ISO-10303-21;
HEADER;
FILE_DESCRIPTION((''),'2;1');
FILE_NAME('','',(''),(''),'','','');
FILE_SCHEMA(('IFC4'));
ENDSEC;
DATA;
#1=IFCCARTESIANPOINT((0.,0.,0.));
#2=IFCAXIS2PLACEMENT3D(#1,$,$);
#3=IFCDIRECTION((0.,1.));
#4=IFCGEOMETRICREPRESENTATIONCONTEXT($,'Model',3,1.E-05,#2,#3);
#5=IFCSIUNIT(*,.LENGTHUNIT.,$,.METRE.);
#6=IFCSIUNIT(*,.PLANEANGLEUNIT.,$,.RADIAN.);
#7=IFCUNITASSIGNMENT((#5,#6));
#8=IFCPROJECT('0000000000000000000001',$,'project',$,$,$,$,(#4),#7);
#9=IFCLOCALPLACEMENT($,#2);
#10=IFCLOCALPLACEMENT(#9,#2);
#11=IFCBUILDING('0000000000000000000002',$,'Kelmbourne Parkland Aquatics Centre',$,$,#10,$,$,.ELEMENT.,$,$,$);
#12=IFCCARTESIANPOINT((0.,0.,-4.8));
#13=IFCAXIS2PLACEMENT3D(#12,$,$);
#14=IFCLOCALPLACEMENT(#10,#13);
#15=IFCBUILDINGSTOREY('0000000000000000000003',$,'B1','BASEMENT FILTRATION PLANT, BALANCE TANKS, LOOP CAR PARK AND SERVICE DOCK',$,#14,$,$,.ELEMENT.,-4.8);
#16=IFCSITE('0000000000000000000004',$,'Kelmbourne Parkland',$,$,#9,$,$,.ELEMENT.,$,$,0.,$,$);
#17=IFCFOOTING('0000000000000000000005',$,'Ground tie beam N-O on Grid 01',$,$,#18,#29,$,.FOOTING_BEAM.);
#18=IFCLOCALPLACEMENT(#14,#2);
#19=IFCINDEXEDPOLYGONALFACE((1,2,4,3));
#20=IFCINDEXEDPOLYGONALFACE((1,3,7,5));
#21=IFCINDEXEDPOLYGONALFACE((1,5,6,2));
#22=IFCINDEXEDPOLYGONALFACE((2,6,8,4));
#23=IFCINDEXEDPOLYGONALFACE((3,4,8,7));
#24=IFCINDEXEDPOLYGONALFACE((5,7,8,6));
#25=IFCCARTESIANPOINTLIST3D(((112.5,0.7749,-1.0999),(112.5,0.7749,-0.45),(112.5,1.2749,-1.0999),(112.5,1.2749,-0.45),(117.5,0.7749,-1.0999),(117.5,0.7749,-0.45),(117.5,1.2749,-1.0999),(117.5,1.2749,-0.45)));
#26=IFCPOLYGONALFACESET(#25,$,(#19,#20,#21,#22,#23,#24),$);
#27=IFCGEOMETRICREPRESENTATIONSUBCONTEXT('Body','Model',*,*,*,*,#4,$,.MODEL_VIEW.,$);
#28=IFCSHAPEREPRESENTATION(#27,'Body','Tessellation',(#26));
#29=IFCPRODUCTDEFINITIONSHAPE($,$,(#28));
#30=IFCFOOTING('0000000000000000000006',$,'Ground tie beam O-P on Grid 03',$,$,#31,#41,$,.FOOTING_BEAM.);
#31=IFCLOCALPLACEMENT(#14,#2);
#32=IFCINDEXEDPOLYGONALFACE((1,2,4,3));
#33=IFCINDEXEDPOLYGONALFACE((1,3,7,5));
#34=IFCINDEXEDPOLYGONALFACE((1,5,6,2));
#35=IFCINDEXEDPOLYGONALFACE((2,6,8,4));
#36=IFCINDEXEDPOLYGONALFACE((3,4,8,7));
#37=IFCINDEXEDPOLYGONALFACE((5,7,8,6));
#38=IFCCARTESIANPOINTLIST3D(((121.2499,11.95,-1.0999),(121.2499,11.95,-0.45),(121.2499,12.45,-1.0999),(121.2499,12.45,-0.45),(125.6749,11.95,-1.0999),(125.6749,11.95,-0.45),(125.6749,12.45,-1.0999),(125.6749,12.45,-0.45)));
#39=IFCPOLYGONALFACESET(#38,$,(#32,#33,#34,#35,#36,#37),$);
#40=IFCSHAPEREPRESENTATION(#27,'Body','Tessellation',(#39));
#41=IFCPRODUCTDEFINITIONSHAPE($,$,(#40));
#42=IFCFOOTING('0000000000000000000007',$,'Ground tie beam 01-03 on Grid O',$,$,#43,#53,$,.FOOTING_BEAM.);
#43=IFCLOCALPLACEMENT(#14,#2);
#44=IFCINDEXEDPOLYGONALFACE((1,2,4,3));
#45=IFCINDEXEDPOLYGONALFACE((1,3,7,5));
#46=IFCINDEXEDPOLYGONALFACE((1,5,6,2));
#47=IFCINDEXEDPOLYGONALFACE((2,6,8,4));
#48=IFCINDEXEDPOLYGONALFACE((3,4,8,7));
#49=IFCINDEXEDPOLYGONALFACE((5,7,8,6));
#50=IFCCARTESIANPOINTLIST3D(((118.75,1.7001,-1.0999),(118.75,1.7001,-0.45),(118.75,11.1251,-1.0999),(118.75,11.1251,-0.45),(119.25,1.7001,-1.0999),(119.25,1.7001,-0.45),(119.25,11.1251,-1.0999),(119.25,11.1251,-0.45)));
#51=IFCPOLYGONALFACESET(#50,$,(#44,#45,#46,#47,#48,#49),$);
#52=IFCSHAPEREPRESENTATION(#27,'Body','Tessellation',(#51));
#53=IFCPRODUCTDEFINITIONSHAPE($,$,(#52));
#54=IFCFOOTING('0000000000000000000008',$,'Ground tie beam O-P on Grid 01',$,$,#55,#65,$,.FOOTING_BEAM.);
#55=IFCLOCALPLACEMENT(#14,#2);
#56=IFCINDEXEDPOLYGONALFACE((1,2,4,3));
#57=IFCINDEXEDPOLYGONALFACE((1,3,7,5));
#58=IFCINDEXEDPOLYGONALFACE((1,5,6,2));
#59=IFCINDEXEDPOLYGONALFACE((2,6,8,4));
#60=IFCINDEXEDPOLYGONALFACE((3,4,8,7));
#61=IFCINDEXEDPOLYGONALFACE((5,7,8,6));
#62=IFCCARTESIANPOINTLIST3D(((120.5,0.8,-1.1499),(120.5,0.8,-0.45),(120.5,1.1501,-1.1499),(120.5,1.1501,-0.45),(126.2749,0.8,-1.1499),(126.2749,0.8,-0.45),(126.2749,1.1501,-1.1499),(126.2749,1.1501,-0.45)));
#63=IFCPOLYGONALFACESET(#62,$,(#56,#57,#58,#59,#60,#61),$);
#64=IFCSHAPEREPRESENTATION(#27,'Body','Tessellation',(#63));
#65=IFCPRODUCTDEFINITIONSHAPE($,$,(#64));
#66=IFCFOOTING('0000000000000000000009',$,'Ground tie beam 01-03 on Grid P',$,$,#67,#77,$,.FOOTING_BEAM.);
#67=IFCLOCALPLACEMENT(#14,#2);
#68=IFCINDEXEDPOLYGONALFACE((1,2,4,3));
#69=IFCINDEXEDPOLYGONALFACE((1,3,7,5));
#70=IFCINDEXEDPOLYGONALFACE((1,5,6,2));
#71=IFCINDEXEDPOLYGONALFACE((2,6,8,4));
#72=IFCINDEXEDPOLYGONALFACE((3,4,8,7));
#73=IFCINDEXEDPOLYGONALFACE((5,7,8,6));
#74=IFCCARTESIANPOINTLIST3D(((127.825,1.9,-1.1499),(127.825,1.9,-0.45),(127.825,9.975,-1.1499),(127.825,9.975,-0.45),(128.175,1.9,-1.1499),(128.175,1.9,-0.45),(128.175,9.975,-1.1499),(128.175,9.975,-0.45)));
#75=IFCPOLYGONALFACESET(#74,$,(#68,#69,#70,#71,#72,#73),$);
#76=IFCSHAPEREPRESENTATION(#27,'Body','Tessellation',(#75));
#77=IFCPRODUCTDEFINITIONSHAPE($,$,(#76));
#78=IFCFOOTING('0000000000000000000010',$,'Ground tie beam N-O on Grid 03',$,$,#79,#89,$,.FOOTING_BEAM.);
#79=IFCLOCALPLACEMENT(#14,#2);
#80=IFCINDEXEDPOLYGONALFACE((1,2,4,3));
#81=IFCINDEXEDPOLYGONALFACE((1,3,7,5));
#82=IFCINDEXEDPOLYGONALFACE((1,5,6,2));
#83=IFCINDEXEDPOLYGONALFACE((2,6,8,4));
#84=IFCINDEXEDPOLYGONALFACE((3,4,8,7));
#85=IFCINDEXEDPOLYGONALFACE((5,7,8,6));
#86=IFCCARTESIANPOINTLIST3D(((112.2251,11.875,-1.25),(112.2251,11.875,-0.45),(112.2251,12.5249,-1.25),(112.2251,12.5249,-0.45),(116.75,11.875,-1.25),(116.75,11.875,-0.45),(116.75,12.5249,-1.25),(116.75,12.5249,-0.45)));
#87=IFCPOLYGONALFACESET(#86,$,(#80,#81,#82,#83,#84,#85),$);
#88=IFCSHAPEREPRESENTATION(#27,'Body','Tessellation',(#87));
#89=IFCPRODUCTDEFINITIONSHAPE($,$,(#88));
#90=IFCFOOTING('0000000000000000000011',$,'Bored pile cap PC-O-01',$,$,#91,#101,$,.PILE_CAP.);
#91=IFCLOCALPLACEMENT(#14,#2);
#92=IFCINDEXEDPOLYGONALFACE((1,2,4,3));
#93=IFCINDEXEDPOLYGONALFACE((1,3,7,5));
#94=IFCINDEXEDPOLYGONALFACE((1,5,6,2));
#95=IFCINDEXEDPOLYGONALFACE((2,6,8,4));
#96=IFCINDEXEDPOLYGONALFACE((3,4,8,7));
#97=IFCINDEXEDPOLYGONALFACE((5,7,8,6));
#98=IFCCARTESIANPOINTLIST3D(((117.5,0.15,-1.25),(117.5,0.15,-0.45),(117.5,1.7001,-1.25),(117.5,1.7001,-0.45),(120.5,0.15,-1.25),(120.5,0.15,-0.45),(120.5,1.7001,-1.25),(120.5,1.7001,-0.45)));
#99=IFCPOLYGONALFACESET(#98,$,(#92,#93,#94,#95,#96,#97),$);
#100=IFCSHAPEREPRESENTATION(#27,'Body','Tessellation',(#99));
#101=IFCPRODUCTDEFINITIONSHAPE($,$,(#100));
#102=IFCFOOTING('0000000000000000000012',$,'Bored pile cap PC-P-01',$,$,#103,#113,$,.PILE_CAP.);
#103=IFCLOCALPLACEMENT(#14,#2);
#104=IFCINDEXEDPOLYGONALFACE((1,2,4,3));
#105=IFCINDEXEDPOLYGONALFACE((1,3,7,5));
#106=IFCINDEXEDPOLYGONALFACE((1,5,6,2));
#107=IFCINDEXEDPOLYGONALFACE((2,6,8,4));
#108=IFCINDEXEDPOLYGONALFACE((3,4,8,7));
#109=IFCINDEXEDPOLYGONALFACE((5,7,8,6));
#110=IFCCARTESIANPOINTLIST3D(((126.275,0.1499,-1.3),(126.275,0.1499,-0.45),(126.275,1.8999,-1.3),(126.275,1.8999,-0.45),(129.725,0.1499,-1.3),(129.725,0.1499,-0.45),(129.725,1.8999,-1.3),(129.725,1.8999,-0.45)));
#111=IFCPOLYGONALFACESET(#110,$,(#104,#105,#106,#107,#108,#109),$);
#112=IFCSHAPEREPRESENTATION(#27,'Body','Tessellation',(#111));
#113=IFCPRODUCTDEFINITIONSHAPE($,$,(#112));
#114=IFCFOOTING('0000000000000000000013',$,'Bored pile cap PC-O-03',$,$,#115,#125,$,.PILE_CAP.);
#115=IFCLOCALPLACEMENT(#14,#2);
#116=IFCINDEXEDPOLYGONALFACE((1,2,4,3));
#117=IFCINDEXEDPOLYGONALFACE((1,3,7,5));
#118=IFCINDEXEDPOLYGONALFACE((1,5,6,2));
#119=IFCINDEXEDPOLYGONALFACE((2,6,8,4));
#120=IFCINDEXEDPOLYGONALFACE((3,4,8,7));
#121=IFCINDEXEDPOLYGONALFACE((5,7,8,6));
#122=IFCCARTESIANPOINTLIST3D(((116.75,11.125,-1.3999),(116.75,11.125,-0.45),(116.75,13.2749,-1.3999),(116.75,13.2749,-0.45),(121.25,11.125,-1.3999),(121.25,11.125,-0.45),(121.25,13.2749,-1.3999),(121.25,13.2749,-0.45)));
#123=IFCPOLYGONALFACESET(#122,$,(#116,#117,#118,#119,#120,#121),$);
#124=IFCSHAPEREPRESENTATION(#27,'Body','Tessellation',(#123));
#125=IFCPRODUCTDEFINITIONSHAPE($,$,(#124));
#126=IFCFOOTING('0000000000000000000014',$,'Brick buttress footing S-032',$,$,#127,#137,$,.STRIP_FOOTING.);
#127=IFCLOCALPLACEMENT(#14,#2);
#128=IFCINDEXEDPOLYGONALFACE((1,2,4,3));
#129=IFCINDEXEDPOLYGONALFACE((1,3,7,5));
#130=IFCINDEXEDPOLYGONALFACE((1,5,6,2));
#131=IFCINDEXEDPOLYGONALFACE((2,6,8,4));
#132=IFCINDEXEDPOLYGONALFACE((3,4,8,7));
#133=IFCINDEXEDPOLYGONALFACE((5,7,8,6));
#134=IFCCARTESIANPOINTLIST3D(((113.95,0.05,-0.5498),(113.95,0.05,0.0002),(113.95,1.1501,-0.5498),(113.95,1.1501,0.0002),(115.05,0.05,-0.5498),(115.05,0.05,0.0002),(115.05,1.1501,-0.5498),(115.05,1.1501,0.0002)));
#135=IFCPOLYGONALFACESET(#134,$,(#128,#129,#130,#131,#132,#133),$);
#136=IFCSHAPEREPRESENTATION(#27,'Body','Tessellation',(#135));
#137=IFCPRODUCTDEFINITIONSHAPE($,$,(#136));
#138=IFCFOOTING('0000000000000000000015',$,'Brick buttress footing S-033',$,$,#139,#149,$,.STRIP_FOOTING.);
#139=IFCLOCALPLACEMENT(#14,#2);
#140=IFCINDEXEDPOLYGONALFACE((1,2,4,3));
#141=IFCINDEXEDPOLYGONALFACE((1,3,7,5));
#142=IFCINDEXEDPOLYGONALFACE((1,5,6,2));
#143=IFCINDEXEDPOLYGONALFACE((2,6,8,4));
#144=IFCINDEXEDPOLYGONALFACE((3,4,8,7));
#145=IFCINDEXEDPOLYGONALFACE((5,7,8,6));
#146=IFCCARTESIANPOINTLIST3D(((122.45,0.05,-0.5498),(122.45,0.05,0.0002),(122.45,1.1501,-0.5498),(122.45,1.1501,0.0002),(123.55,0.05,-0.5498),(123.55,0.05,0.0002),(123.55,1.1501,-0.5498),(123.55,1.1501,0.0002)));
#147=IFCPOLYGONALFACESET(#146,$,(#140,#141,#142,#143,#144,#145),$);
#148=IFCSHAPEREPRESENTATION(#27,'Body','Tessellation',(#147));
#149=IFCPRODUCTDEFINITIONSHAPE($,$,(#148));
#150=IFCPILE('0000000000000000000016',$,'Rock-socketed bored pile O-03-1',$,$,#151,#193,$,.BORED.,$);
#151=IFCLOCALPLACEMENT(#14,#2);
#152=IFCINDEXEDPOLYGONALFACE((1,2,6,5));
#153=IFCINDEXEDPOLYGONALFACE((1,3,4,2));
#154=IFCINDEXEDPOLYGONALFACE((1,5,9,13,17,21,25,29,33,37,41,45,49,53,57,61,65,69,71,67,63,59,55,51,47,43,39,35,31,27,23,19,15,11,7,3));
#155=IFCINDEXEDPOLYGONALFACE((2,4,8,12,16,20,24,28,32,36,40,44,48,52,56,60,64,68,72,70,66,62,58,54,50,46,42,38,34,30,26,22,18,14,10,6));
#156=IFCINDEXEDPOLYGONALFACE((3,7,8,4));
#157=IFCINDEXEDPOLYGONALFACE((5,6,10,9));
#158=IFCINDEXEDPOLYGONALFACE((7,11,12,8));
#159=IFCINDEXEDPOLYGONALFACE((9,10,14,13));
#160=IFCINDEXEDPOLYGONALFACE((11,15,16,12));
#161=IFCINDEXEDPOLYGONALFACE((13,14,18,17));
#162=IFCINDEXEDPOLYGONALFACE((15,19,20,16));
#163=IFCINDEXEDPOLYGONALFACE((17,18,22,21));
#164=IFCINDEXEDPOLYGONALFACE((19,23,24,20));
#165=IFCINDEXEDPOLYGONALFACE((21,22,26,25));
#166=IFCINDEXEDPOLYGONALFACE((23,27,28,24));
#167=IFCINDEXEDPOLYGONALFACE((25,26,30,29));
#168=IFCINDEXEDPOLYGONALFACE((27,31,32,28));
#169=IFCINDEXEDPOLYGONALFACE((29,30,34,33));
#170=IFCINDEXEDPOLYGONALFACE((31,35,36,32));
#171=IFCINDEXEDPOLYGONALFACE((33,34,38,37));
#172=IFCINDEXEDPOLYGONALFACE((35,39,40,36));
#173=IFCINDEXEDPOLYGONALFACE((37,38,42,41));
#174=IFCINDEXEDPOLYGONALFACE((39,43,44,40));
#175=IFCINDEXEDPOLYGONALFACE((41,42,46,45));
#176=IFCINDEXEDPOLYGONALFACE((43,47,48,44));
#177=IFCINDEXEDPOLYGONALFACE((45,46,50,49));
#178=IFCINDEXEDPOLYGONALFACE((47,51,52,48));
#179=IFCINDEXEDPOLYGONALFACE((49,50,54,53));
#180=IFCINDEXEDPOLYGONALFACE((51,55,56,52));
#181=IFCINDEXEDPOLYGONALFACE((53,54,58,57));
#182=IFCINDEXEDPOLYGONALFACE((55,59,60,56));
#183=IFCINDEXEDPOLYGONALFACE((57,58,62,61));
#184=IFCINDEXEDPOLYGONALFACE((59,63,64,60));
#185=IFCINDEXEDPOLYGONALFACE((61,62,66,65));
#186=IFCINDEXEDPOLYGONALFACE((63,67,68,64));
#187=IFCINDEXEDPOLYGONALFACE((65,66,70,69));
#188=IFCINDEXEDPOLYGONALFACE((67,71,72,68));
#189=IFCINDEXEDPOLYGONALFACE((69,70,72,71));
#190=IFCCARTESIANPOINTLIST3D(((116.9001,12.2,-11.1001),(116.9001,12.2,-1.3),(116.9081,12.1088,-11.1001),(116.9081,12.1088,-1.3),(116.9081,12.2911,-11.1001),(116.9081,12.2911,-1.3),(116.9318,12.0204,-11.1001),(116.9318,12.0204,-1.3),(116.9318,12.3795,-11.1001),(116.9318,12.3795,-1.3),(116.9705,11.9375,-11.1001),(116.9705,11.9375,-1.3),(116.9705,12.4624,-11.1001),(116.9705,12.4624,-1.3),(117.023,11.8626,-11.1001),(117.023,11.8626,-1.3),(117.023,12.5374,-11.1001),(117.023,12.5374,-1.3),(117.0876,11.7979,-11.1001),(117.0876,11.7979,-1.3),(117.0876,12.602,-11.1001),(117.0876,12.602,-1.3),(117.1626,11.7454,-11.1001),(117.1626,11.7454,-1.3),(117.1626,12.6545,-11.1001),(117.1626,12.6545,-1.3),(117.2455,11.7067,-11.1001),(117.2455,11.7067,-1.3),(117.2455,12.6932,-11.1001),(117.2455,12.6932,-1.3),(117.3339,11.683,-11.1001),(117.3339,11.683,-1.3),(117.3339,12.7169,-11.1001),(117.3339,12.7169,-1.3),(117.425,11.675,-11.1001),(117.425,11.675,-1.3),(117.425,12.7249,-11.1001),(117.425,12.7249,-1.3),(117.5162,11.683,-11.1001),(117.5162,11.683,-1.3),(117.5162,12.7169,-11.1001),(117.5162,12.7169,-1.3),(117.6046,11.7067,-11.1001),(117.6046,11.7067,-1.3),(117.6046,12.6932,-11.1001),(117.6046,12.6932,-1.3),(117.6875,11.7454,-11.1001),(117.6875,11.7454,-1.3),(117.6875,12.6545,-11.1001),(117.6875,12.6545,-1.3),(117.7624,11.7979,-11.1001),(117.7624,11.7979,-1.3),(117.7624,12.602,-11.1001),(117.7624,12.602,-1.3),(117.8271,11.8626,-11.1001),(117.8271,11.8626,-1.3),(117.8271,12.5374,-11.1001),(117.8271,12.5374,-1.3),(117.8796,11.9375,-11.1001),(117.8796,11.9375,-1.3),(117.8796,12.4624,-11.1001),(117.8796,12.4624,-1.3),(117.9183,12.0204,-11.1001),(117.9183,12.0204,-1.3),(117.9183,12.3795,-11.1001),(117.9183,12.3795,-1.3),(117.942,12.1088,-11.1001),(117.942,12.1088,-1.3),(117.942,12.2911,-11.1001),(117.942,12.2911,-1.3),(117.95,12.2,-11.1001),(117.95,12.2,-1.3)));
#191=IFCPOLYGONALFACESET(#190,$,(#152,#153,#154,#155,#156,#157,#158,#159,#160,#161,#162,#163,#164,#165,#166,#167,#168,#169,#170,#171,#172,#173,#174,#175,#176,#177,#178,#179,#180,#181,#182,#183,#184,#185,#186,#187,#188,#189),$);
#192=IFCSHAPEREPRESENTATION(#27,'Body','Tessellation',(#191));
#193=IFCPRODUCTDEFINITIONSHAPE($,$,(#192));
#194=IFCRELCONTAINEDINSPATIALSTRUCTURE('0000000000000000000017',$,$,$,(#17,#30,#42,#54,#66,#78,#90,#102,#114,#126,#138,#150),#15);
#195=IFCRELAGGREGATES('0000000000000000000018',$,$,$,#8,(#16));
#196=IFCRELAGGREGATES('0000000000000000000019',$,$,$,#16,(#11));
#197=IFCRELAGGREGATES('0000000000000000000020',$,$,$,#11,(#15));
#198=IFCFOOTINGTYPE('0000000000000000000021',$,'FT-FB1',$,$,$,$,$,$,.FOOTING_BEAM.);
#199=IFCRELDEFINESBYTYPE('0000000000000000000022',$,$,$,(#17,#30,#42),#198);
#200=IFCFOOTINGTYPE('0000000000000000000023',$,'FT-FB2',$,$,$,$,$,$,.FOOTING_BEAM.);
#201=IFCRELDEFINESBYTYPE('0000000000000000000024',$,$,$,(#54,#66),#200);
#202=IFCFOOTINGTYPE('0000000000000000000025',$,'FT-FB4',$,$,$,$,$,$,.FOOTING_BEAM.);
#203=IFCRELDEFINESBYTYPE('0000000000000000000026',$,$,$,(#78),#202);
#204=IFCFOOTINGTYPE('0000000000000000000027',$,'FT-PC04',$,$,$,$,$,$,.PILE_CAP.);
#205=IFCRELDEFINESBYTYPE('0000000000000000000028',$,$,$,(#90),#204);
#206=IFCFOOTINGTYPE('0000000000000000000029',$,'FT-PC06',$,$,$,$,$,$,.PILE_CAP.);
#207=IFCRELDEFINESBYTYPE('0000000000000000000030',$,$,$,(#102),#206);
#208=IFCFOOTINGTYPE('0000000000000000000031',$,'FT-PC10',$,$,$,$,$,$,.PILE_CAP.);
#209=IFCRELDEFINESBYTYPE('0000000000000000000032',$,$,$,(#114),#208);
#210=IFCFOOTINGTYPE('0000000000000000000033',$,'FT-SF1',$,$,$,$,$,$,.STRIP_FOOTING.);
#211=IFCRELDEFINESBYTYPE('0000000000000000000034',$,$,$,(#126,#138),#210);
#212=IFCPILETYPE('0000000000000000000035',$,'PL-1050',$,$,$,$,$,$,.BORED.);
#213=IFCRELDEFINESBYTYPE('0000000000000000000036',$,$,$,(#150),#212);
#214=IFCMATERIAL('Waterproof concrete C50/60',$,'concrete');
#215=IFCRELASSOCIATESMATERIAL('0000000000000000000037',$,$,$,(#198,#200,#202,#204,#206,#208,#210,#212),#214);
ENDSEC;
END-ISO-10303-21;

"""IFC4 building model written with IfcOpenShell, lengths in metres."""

from ifc_helpers import new_model, si_unit, direction, frame, origin, origin_2d, place, context, subcontext, project, spatial, rectangle, circle, extrude, material, material_profile, profile_set, type_object, element, save


model = new_model("IFC4")

# Units and contexts
model_context = context("Model", 3, precision=1e-05, world=origin(), true_north=direction((0.0, 1.0)))
body_context = subcontext(model_context, "Body", "Model", "MODEL_VIEW")
ifc_project = project(units=[si_unit("LENGTHUNIT", "METRE"), si_unit("PLANEANGLEUNIT", "RADIAN")], contexts=[model_context])

# Site, building, storey
site_placement = place(None, origin())
site = spatial("IfcSite", under=ifc_project, at=site_placement, Name="Kelmbourne Parkland", CompositionType="ELEMENT", RefElevation=0.0)
building_placement = place(site_placement, origin())
building = spatial("IfcBuilding", under=site, at=building_placement, Name="Kelmbourne Parkland Aquatics Centre", CompositionType="ELEMENT")
storey_placement = place(building_placement, frame((0.0, 0.0, -4.8)))
storey = spatial("IfcBuildingStorey", under=building, at=storey_placement, Name="B1", Description="BASEMENT FILTRATION PLANT, BALANCE TANKS, LOOP CAR PARK AND SERVICE DOCK", CompositionType="ELEMENT", Elevation=-4.8)

# Footings
ifc_material_1 = material(Name="Waterproof concrete C50/60", Category="concrete")
footing_type_1 = type_object("IfcFootingType", Name="FT-FB1", PredefinedType="FOOTING_BEAM", material=ifc_material_1)
footing_1_placement = place(storey_placement, frame((115.0, 1.0249, -1.0999), z_axis=(0.0, 0.0, 1.0), x_axis=(1.0, 0.0, 0.0)))
element("IfcFooting", 1, at=footing_1_placement, inside=storey, type_object=footing_type_1, Name="Ground tie beam N-O on Grid 01", PredefinedType="FOOTING_BEAM", context=body_context, shape_type="SweptSolid", body=[
    extrude(rectangle(XDim=5.0, YDim=0.5, at=origin_2d()), origin(), (0.0, 0.0, 1.0), 0.6499),
])
footing_2_placement = place(storey_placement, frame((123.4624, 12.2, -1.0999), z_axis=(0.0, 0.0, 1.0), x_axis=(1.0, 0.0, 0.0)))
element("IfcFooting", 2, at=footing_2_placement, inside=storey, type_object=footing_type_1, Name="Ground tie beam O-P on Grid 03", PredefinedType="FOOTING_BEAM", context=body_context, shape_type="SweptSolid", body=[
    extrude(rectangle(XDim=4.425, YDim=0.5, at=origin_2d()), origin(), (0.0, 0.0, 1.0), 0.6499),
])
footing_3_placement = place(storey_placement, frame((119.0, 6.4126, -1.0999), z_axis=(0.0, 0.0, 1.0), x_axis=(0.0, 1.0, 0.0)))
element("IfcFooting", 3, at=footing_3_placement, inside=storey, type_object=footing_type_1, Name="Ground tie beam 01-03 on Grid O", PredefinedType="FOOTING_BEAM", context=body_context, shape_type="SweptSolid", body=[
    extrude(rectangle(XDim=9.425, YDim=0.5, at=origin_2d()), origin(), (0.0, 0.0, 1.0), 0.6499),
])
footing_type_2 = type_object("IfcFootingType", Name="FT-FB2", PredefinedType="FOOTING_BEAM", material=ifc_material_1)
footing_4_placement = place(storey_placement, frame((123.3875, 0.9751, -1.1499), z_axis=(0.0, 0.0, 1.0), x_axis=(1.0, 0.0, 0.0)))
element("IfcFooting", 4, at=footing_4_placement, inside=storey, type_object=footing_type_2, Name="Ground tie beam O-P on Grid 01", PredefinedType="FOOTING_BEAM", context=body_context, shape_type="SweptSolid", body=[
    extrude(rectangle(XDim=5.7749, YDim=0.3501, at=origin_2d()), origin(), (0.0, 0.0, 1.0), 0.7),
])
footing_5_placement = place(storey_placement, frame((128.0, 5.9375, -1.1499), z_axis=(0.0, 0.0, 1.0), x_axis=(0.0, 1.0, 0.0)))
element("IfcFooting", 5, at=footing_5_placement, inside=storey, type_object=footing_type_2, Name="Ground tie beam 01-03 on Grid P", PredefinedType="FOOTING_BEAM", context=body_context, shape_type="SweptSolid", body=[
    extrude(rectangle(XDim=8.075, YDim=0.3501, at=origin_2d()), origin(), (0.0, 0.0, 1.0), 0.7),
])
footing_type_3 = type_object("IfcFootingType", Name="FT-FB4", PredefinedType="FOOTING_BEAM", material=ifc_material_1)
footing_6_placement = place(storey_placement, frame((114.4875, 12.2, -1.25), z_axis=(0.0, 0.0, 1.0), x_axis=(1.0, 0.0, 0.0)))
element("IfcFooting", 6, at=footing_6_placement, inside=storey, type_object=footing_type_3, Name="Ground tie beam N-O on Grid 03", PredefinedType="FOOTING_BEAM", context=body_context, shape_type="SweptSolid", body=[
    extrude(rectangle(XDim=4.5249, YDim=0.6499, at=origin_2d()), origin(), (0.0, 0.0, 1.0), 0.8),
])
footing_type_4 = type_object("IfcFootingType", Name="FT-PC04", PredefinedType="PILE_CAP", material=ifc_material_1)
footing_7_placement = place(storey_placement, frame((119.0, 0.925, -1.25), z_axis=(0.0, 0.0, 1.0), x_axis=(1.0, 0.0, 0.0)))
element("IfcFooting", 7, at=footing_7_placement, inside=storey, type_object=footing_type_4, Name="Bored pile cap PC-O-01", PredefinedType="PILE_CAP", context=body_context, shape_type="SweptSolid", body=[
    extrude(rectangle(XDim=3.0, YDim=1.55, at=origin_2d()), origin(), (0.0, 0.0, 1.0), 0.8),
])
footing_type_5 = type_object("IfcFootingType", Name="FT-PC06", PredefinedType="PILE_CAP", material=ifc_material_1)
footing_8_placement = place(storey_placement, frame((128.0, 1.0249, -1.3), z_axis=(0.0, 0.0, 1.0), x_axis=(1.0, 0.0, 0.0)))
element("IfcFooting", 8, at=footing_8_placement, inside=storey, type_object=footing_type_5, Name="Bored pile cap PC-P-01", PredefinedType="PILE_CAP", context=body_context, shape_type="SweptSolid", body=[
    extrude(rectangle(XDim=3.45, YDim=1.75, at=origin_2d()), origin(), (0.0, 0.0, 1.0), 0.8501),
])
footing_type_6 = type_object("IfcFootingType", Name="FT-PC10", PredefinedType="PILE_CAP", material=ifc_material_1)
footing_9_placement = place(storey_placement, frame((119.0, 12.2, -1.3999), z_axis=(0.0, 0.0, 1.0), x_axis=(1.0, 0.0, 0.0)))
element("IfcFooting", 9, at=footing_9_placement, inside=storey, type_object=footing_type_6, Name="Bored pile cap PC-O-03", PredefinedType="PILE_CAP", context=body_context, shape_type="SweptSolid", body=[
    extrude(rectangle(XDim=4.5, YDim=2.1499, at=origin_2d()), origin(), (0.0, 0.0, 1.0), 0.95),
])
footing_type_7 = type_object("IfcFootingType", Name="FT-SF1", PredefinedType="STRIP_FOOTING", material=ifc_material_1)
for number, where, z_axis, x_axis, name in (
    (10, (114.5, 0.6001, -0.5498), (0.0, 0.0, 1.0), (1.0, 0.0, 0.0), "Brick buttress footing S-032"),
    (11, (123.0, 0.6001, -0.5498), (0.0, 0.0, 1.0), (1.0, 0.0, 0.0), "Brick buttress footing S-033"),
):
    element("IfcFooting", number, at=place(storey_placement, frame(where, z_axis=z_axis, x_axis=x_axis)), inside=storey, type_object=footing_type_7, Name=name, PredefinedType="STRIP_FOOTING", context=body_context, shape_type="SweptSolid", body=[
        extrude(rectangle(XDim=1.1001, YDim=1.1001, at=origin_2d()), origin(), (0.0, 0.0, 1.0), 0.55),
    ])

# Pile
ifc_material_profile_1 = material_profile(ifc_material_1, circle(Radius=0.5249, at=origin_2d()), Name="PILE D1050")
ifc_profile_set_1 = profile_set([ifc_material_profile_1], Name="Waterproof concrete C50/60")
pile_type_1 = type_object("IfcPileType", Name="PL-1050", PredefinedType="BORED", material=ifc_profile_set_1)
for number, where, z_axis, x_axis, name in (
    (12, (117.425, 12.2, -1.3), (0.0, 0.0, -1.0), (1.0, 0.0, 0.0), "Rock-socketed bored pile O-03-1"),
):
    element("IfcPile", number, at=place(storey_placement, frame(where, z_axis=z_axis, x_axis=x_axis)), inside=storey, type_object=pile_type_1, Name=name, PredefinedType="BORED", context=body_context, shape_type="SweptSolid", body=[
        extrude(circle(Radius=0.5249, at=origin_2d()), origin(), (0.0, 0.0, 1.0), 9.8),
    ])

save(model, "model.ifc")
